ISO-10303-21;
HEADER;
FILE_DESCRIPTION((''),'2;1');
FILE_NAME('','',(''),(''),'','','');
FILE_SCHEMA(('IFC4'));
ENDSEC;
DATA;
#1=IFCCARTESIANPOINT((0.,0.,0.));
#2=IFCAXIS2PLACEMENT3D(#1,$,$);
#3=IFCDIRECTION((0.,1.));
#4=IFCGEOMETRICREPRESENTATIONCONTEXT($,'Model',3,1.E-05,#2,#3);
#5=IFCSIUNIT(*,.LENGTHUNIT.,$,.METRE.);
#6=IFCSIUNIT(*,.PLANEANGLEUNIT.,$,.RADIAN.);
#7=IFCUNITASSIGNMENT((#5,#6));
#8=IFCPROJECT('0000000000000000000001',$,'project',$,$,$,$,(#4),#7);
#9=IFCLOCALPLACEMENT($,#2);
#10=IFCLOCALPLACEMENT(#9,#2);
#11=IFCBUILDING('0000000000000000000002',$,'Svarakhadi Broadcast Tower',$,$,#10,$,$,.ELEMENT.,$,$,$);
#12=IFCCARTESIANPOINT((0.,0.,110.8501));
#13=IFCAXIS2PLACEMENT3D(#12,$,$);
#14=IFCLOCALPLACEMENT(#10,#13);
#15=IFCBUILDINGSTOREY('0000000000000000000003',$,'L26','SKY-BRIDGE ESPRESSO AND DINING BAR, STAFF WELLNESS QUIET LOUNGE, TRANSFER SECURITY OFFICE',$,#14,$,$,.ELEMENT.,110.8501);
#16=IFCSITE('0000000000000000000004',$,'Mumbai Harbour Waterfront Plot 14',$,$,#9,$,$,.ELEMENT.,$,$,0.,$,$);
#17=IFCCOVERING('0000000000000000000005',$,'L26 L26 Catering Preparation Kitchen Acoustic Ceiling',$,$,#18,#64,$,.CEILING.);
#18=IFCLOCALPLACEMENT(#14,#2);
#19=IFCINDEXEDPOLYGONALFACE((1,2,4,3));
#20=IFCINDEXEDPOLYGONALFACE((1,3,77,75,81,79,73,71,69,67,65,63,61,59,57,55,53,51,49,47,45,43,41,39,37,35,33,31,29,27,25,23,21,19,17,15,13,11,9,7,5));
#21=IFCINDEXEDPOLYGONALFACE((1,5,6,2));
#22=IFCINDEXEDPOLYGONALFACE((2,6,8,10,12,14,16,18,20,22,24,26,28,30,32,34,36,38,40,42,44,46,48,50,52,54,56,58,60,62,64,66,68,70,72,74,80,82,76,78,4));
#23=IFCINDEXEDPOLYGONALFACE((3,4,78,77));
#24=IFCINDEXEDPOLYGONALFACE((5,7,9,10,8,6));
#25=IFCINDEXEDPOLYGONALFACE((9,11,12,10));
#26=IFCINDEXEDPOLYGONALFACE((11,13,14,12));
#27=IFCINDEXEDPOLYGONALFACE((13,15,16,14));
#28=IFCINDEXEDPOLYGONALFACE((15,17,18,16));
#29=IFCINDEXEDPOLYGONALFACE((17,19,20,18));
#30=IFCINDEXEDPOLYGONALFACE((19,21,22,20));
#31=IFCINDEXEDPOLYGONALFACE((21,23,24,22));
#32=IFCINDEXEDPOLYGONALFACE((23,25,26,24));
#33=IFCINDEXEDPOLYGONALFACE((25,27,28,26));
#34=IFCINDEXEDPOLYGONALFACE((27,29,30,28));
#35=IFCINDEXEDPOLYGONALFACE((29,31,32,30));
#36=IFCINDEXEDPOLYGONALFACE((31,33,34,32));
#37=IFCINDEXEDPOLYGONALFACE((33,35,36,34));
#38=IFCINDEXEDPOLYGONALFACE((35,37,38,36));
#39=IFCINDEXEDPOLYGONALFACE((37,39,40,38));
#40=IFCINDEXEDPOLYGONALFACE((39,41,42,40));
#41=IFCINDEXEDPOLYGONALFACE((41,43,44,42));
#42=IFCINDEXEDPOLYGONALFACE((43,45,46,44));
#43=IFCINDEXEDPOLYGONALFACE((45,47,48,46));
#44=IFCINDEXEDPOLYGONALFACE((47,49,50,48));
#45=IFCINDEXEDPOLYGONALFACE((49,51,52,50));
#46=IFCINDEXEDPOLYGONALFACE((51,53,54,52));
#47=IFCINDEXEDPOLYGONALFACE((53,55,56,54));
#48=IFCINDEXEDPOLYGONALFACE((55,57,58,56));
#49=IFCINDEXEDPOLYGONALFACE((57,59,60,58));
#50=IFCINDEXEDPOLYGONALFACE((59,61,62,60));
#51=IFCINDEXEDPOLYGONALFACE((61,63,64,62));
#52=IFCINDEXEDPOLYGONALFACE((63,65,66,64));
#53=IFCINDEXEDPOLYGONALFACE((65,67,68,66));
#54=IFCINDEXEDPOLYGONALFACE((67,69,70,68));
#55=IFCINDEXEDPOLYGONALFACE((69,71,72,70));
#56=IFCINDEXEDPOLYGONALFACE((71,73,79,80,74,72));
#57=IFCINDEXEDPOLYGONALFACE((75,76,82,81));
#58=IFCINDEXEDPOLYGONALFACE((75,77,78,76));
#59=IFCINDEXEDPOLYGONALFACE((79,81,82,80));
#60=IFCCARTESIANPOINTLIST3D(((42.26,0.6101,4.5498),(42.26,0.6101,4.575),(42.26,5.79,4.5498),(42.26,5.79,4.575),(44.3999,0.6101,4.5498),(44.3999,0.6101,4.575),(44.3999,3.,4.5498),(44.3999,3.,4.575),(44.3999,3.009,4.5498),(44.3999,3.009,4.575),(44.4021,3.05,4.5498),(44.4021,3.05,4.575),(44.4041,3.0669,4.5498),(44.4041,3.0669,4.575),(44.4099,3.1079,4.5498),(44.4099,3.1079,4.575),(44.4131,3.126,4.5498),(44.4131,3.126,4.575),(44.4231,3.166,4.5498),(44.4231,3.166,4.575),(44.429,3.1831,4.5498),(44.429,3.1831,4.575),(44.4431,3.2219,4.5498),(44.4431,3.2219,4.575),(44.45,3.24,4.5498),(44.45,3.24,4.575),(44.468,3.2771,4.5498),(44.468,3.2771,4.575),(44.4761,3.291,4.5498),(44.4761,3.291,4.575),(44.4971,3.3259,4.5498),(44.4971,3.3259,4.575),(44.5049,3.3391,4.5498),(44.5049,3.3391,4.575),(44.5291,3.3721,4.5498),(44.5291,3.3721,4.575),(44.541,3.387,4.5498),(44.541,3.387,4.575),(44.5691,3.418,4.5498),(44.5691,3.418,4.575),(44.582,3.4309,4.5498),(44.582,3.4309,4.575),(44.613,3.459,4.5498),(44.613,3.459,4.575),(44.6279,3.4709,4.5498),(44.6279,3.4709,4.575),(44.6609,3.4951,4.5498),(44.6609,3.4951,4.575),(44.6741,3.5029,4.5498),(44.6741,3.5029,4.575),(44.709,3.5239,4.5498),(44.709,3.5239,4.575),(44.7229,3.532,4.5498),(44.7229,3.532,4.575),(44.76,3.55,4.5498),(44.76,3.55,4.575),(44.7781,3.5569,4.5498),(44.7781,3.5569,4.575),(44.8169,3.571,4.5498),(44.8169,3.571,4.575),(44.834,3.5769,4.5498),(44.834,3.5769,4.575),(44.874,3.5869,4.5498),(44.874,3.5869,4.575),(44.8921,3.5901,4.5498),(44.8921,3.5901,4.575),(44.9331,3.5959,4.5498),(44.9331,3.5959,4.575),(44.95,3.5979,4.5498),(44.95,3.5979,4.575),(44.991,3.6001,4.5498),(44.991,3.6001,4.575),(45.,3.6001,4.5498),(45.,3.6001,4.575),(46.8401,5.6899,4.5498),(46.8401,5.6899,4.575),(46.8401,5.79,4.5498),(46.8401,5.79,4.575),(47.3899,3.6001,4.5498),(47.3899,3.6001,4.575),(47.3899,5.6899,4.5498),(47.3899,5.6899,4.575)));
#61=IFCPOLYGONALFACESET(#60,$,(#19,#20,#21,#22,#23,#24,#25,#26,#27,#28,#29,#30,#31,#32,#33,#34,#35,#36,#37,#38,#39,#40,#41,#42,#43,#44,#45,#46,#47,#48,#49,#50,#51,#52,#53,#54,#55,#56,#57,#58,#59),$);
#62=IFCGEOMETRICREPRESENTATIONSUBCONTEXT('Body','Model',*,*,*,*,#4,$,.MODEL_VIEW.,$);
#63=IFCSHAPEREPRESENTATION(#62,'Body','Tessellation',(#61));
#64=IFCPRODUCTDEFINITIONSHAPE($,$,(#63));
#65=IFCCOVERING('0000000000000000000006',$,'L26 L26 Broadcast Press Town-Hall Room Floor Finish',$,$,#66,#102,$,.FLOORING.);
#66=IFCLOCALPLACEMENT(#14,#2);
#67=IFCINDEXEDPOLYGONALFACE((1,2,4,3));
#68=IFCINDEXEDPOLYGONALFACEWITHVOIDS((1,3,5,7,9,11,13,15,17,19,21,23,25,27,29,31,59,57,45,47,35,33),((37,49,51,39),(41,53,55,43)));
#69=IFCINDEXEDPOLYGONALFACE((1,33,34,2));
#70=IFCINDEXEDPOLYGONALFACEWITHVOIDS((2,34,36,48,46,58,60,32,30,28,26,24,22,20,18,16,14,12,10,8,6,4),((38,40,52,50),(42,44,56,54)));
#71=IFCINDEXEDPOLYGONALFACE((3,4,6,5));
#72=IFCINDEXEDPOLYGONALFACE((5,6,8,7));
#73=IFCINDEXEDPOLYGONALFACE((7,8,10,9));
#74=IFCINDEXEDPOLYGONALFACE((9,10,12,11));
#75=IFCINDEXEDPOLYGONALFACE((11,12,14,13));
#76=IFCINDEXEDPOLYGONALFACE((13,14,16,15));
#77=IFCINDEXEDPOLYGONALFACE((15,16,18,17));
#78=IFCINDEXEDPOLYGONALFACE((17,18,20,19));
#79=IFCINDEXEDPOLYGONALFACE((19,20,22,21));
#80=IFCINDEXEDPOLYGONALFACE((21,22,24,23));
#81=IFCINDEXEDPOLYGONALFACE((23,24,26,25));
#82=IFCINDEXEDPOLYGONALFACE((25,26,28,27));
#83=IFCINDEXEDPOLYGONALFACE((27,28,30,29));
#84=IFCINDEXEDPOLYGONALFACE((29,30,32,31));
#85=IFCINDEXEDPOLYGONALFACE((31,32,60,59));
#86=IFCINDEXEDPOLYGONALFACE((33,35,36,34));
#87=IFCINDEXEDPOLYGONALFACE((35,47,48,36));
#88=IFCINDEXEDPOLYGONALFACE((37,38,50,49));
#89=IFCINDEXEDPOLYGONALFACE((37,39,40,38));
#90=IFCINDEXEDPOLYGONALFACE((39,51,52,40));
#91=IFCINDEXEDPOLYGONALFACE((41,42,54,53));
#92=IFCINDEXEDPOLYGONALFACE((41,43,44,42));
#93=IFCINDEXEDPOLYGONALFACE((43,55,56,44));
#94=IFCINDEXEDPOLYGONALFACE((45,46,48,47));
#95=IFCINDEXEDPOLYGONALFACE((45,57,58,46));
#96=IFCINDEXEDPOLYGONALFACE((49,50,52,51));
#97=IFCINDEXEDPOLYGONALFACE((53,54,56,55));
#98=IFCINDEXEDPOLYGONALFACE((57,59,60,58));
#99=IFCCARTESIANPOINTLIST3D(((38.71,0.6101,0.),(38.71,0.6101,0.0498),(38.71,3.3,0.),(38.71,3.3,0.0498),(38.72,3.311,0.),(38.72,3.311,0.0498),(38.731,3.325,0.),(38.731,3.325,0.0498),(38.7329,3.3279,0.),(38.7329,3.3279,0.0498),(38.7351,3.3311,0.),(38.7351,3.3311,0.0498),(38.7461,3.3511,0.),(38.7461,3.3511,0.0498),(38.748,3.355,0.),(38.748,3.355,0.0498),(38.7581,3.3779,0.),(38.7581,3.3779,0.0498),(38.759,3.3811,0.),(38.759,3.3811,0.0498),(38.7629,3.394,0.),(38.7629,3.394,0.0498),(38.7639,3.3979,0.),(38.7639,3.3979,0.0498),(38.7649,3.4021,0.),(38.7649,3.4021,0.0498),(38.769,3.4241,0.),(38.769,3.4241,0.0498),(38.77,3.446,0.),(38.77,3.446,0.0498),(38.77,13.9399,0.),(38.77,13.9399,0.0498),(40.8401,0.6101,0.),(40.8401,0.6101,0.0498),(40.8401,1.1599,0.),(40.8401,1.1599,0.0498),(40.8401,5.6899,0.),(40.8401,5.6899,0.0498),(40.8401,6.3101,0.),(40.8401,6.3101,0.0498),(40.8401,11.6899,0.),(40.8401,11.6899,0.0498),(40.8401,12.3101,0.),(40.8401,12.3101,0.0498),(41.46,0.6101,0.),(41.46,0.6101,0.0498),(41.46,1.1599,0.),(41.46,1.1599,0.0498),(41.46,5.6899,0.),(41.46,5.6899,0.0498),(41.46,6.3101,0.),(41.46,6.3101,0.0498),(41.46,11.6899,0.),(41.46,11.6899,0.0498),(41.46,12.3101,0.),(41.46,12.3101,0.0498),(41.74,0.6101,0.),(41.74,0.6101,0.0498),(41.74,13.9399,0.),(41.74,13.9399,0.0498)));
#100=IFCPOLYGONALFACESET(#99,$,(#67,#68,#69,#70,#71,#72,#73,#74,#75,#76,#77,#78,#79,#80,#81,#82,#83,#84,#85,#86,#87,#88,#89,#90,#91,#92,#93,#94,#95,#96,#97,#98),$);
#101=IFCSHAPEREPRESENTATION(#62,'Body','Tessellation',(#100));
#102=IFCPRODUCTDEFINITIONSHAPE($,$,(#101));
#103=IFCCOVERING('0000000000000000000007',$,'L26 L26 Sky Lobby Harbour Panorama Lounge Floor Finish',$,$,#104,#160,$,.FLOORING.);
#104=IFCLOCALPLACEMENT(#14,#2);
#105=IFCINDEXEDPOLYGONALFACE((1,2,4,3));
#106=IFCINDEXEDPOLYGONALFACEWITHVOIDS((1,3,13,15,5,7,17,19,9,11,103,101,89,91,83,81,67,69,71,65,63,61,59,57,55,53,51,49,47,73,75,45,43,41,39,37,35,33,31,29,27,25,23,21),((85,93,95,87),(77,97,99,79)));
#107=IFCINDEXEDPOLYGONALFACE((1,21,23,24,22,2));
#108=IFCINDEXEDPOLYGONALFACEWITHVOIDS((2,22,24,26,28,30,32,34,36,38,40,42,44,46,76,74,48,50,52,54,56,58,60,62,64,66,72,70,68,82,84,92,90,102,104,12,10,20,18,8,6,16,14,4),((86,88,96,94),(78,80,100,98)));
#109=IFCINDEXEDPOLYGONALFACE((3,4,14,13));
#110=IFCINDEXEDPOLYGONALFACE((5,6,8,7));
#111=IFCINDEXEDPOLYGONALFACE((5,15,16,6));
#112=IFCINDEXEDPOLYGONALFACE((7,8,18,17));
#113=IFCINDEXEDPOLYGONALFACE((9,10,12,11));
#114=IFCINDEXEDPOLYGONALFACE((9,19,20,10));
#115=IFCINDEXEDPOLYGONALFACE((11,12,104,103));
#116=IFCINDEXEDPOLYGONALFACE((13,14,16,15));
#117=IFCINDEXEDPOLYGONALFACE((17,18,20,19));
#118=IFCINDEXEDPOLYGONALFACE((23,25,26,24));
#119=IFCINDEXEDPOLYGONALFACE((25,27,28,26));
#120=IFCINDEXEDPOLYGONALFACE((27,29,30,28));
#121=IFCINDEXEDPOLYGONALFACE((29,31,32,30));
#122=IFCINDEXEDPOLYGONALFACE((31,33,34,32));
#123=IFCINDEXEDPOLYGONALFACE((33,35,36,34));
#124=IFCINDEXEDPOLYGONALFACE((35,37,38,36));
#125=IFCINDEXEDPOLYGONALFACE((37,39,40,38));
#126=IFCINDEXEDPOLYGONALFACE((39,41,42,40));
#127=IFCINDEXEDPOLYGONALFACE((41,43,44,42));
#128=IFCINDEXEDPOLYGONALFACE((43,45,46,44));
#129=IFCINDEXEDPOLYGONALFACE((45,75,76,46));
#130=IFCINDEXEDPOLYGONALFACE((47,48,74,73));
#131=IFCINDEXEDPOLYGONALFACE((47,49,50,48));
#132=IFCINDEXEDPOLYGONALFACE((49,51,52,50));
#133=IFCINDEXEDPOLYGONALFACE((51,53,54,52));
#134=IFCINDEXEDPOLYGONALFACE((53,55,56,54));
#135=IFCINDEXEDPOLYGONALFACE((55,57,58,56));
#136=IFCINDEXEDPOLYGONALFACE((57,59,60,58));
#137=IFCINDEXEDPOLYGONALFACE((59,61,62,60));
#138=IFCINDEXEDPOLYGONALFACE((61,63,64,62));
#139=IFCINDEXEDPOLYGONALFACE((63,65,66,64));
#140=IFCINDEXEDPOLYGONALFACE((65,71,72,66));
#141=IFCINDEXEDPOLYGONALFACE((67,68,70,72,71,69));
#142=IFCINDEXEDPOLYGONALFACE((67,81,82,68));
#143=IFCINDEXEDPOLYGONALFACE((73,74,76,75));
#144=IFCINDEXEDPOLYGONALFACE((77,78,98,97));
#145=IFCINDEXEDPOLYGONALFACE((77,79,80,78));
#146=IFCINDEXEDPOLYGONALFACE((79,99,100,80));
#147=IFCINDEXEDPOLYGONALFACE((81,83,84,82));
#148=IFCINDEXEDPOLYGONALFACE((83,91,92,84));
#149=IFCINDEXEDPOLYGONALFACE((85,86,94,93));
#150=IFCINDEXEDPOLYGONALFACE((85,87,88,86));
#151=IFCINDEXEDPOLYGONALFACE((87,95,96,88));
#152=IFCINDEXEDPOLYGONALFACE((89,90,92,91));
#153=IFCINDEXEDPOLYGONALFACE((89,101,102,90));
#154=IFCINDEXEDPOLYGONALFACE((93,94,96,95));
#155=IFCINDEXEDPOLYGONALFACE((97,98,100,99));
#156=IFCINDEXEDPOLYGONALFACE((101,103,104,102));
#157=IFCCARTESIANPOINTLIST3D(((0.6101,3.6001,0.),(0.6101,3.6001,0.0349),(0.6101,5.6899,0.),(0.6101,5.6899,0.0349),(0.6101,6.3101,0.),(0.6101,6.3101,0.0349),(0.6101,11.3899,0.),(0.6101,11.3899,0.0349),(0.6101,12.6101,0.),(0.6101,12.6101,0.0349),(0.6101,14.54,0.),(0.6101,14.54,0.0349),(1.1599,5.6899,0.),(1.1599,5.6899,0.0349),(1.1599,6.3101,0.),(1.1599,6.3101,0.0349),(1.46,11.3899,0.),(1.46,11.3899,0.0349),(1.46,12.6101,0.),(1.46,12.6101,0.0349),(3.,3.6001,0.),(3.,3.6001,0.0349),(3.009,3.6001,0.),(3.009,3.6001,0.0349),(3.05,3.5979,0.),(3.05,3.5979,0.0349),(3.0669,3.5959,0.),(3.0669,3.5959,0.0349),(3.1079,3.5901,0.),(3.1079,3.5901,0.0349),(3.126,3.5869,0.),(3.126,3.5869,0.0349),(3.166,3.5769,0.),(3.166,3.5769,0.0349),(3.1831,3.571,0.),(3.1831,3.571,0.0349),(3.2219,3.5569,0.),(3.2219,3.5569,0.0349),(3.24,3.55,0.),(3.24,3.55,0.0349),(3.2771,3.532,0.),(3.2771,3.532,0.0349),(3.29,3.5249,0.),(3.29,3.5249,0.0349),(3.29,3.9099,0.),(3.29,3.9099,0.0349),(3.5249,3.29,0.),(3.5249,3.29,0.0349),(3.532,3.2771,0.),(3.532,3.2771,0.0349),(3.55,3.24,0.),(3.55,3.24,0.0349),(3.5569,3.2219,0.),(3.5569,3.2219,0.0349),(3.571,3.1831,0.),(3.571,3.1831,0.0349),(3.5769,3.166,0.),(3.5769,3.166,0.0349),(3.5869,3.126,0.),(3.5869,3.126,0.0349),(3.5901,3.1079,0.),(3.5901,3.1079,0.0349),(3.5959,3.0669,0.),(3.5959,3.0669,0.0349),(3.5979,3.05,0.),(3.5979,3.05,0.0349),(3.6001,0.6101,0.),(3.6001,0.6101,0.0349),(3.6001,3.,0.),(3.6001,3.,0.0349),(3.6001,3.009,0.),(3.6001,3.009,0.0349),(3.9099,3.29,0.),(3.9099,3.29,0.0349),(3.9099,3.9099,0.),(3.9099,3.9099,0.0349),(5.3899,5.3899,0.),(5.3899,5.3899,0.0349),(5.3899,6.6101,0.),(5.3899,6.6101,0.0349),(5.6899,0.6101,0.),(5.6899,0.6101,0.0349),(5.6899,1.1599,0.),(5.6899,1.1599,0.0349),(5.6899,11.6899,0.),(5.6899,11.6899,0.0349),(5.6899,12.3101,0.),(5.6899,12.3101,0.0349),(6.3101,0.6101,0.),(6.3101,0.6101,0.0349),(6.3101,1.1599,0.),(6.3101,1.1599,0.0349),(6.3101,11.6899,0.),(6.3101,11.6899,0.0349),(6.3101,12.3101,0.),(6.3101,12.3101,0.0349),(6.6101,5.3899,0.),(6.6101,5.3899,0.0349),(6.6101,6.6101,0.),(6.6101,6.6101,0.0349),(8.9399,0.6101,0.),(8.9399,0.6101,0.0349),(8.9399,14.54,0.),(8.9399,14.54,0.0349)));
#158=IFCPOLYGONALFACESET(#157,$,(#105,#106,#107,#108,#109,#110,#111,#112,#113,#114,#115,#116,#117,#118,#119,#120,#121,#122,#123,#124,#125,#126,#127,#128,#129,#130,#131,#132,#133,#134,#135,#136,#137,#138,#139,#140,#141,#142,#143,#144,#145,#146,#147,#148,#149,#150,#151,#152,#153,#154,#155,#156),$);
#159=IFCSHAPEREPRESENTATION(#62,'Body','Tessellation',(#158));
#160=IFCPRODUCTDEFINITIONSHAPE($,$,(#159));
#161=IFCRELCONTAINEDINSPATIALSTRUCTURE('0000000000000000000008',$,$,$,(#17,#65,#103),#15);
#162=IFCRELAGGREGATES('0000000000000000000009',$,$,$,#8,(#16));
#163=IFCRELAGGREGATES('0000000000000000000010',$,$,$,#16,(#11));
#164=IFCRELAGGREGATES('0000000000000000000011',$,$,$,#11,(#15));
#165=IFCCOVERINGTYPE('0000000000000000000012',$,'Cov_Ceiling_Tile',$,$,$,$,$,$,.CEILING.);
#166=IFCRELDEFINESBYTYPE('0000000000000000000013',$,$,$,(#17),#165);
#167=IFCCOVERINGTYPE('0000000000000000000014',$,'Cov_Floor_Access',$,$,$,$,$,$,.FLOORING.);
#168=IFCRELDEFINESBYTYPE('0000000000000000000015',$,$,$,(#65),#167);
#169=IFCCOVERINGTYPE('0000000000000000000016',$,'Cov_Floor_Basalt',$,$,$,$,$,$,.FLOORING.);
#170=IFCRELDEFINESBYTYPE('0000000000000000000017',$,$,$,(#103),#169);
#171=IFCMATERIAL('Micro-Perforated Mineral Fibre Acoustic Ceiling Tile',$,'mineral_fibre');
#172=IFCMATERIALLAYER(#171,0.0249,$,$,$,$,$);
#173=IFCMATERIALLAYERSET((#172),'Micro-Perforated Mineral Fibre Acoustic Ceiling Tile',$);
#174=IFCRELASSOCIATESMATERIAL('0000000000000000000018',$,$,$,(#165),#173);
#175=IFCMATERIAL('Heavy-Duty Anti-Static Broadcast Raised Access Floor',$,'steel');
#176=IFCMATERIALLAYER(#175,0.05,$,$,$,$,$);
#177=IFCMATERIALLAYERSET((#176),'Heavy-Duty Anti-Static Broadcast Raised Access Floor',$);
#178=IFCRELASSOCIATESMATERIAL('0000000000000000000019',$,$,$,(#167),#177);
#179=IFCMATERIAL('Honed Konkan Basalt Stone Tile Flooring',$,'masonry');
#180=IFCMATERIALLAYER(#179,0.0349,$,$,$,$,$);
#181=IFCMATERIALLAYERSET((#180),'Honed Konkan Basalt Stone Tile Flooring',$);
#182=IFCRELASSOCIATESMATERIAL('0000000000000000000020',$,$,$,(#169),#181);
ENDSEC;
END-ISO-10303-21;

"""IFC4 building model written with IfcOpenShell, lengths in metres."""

from ifc_helpers import new_model, si_unit, direction, frame, origin, place, context, subcontext, project, spatial, polyline, outline, extrude, material, layer, layer_set, type_object, element, save


model = new_model("IFC4")

# Units and contexts
model_context = context("Model", 3, precision=1e-05, world=origin(), true_north=direction((0.0, 1.0)))
body_context = subcontext(model_context, "Body", "Model", "MODEL_VIEW")
ifc_project = project(units=[si_unit("LENGTHUNIT", "METRE"), si_unit("PLANEANGLEUNIT", "RADIAN")], contexts=[model_context])

# Site, building, storey
site_placement = place(None, origin())
site = spatial("IfcSite", under=ifc_project, at=site_placement, Name="Mumbai Harbour Waterfront Plot 14", CompositionType="ELEMENT", RefElevation=0.0)
building_placement = place(site_placement, origin())
building = spatial("IfcBuilding", under=site, at=building_placement, Name="Svarakhadi Broadcast Tower", CompositionType="ELEMENT")
storey_placement = place(building_placement, frame((0.0, 0.0, 110.8501)))
storey = spatial("IfcBuildingStorey", under=building, at=storey_placement, Name="L26", Description="SKY-BRIDGE ESPRESSO AND DINING BAR, STAFF WELLNESS QUIET LOUNGE, TRANSFER SECURITY OFFICE", CompositionType="ELEMENT", Elevation=110.8501)

# Coverings
ifc_material_1 = material(Name="Micro-Perforated Mineral Fibre Acoustic Ceiling Tile", Category="mineral_fibre")
ifc_layer_1 = layer(ifc_material_1, 0.0249)
ifc_layer_set_1 = layer_set([ifc_layer_1], Name="Micro-Perforated Mineral Fibre Acoustic Ceiling Tile")
covering_type_1 = type_object("IfcCoveringType", Name="Cov_Ceiling_Tile", PredefinedType="CEILING", material=ifc_layer_set_1)
covering_1_placement = place(storey_placement, frame((0.0, 0.0, 4.5498)))
element("IfcCovering", 1, at=covering_1_placement, inside=storey, type_object=covering_type_1, Name="L26 L26 Catering Preparation Kitchen Acoustic Ceiling", PredefinedType="CEILING", context=body_context, shape_type="SweptSolid", body=[
    extrude(outline(polyline([(47.3899, 3.6001), (45.0, 3.6001), (44.991, 3.6001), (44.95, 3.5979), (44.9331, 3.5959), (44.8921, 3.5901), (44.874, 3.5869), (44.834, 3.5769), (44.8169, 3.571), (44.7781, 3.5569), (44.76, 3.55), (44.7229, 3.532), (44.709, 3.5239), (44.6741, 3.5029), (44.6609, 3.4951), (44.6279, 3.4709), (44.613, 3.459), (44.582, 3.4309), (44.5691, 3.418), (44.541, 3.387), (44.5291, 3.3721), (44.5049, 3.3391), (44.4971, 3.3259), (44.4761, 3.291), (44.468, 3.2771), (44.45, 3.24), (44.4431, 3.2219), (44.429, 3.1831), (44.4231, 3.166), (44.4131, 3.126), (44.4099, 3.1079), (44.4041, 3.0669), (44.4021, 3.05), (44.3999, 3.009), (44.3999, 3.0), (44.3999, 0.6101), (42.26, 0.6101), (42.26, 5.79), (46.8401, 5.79), (46.8401, 5.6899), (47.3899, 5.6899), (47.3899, 3.6001)])), origin(), (0.0, 0.0, 1.0), 0.0251),
])
ifc_material_2 = material(Name="Heavy-Duty Anti-Static Broadcast Raised Access Floor", Category="steel")
ifc_layer_2 = layer(ifc_material_2, 0.05)
ifc_layer_set_2 = layer_set([ifc_layer_2], Name="Heavy-Duty Anti-Static Broadcast Raised Access Floor")
covering_type_2 = type_object("IfcCoveringType", Name="Cov_Floor_Access", PredefinedType="FLOORING", material=ifc_layer_set_2)
covering_2_placement = place(storey_placement, origin())
element("IfcCovering", 2, at=covering_2_placement, inside=storey, type_object=covering_type_2, Name="L26 L26 Broadcast Press Town-Hall Room Floor Finish", PredefinedType="FLOORING", context=body_context, shape_type="SweptSolid", body=[
    extrude(outline(polyline([(38.72, 3.311), (38.731, 3.325), (38.7329, 3.3279), (38.7351, 3.3311), (38.7461, 3.3511), (38.748, 3.355), (38.7581, 3.3779), (38.759, 3.3811), (38.7629, 3.394), (38.7639, 3.3979), (38.7649, 3.4021), (38.769, 3.4241), (38.77, 3.446), (38.77, 13.9399), (41.74, 13.9399), (41.74, 0.6101), (41.46, 0.6101), (41.46, 1.1599), (40.8401, 1.1599), (40.8401, 0.6101), (38.71, 0.6101), (38.71, 3.3), (38.72, 3.311)]), holes=[polyline([(41.46, 5.6899), (41.46, 6.3101), (40.8401, 6.3101), (40.8401, 5.6899), (41.46, 5.6899)]), polyline([(41.46, 11.6899), (41.46, 12.3101), (40.8401, 12.3101), (40.8401, 11.6899), (41.46, 11.6899)])]), origin(), (0.0, 0.0, 1.0), 0.0498),
])
ifc_material_3 = material(Name="Honed Konkan Basalt Stone Tile Flooring", Category="masonry")
ifc_layer_3 = layer(ifc_material_3, 0.0349)
ifc_layer_set_3 = layer_set([ifc_layer_3], Name="Honed Konkan Basalt Stone Tile Flooring")
covering_type_3 = type_object("IfcCoveringType", Name="Cov_Floor_Basalt", PredefinedType="FLOORING", material=ifc_layer_set_3)
covering_3_placement = place(storey_placement, origin())
element("IfcCovering", 3, at=covering_3_placement, inside=storey, type_object=covering_type_3, Name="L26 L26 Sky Lobby Harbour Panorama Lounge Floor Finish", PredefinedType="FLOORING", context=body_context, shape_type="SweptSolid", body=[
    extrude(outline(polyline([(8.9399, 0.6101), (6.3101, 0.6101), (6.3101, 1.1599), (5.6899, 1.1599), (5.6899, 0.6101), (3.6001, 0.6101), (3.6001, 3.0), (3.6001, 3.009), (3.5979, 3.05), (3.5959, 3.0669), (3.5901, 3.1079), (3.5869, 3.126), (3.5769, 3.166), (3.571, 3.1831), (3.5569, 3.2219), (3.55, 3.24), (3.532, 3.2771), (3.5249, 3.29), (3.9099, 3.29), (3.9099, 3.9099), (3.29, 3.9099), (3.29, 3.5249), (3.2771, 3.532), (3.24, 3.55), (3.2219, 3.5569), (3.1831, 3.571), (3.166, 3.5769), (3.126, 3.5869), (3.1079, 3.5901), (3.0669, 3.5959), (3.05, 3.5979), (3.009, 3.6001), (3.0, 3.6001), (0.6101, 3.6001), (0.6101, 5.6899), (1.1599, 5.6899), (1.1599, 6.3101), (0.6101, 6.3101), (0.6101, 11.3899), (1.46, 11.3899), (1.46, 12.6101), (0.6101, 12.6101), (0.6101, 14.54), (8.9399, 14.54), (8.9399, 0.6101)]), holes=[polyline([(6.6101, 5.3899), (6.6101, 6.6101), (5.3899, 6.6101), (5.3899, 5.3899), (6.6101, 5.3899)]), polyline([(5.6899, 11.6899), (6.3101, 11.6899), (6.3101, 12.3101), (5.6899, 12.3101), (5.6899, 11.6899)])]), origin(), (0.0, 0.0, 1.0), 0.0349),
])

save(model, "model.ifc")
